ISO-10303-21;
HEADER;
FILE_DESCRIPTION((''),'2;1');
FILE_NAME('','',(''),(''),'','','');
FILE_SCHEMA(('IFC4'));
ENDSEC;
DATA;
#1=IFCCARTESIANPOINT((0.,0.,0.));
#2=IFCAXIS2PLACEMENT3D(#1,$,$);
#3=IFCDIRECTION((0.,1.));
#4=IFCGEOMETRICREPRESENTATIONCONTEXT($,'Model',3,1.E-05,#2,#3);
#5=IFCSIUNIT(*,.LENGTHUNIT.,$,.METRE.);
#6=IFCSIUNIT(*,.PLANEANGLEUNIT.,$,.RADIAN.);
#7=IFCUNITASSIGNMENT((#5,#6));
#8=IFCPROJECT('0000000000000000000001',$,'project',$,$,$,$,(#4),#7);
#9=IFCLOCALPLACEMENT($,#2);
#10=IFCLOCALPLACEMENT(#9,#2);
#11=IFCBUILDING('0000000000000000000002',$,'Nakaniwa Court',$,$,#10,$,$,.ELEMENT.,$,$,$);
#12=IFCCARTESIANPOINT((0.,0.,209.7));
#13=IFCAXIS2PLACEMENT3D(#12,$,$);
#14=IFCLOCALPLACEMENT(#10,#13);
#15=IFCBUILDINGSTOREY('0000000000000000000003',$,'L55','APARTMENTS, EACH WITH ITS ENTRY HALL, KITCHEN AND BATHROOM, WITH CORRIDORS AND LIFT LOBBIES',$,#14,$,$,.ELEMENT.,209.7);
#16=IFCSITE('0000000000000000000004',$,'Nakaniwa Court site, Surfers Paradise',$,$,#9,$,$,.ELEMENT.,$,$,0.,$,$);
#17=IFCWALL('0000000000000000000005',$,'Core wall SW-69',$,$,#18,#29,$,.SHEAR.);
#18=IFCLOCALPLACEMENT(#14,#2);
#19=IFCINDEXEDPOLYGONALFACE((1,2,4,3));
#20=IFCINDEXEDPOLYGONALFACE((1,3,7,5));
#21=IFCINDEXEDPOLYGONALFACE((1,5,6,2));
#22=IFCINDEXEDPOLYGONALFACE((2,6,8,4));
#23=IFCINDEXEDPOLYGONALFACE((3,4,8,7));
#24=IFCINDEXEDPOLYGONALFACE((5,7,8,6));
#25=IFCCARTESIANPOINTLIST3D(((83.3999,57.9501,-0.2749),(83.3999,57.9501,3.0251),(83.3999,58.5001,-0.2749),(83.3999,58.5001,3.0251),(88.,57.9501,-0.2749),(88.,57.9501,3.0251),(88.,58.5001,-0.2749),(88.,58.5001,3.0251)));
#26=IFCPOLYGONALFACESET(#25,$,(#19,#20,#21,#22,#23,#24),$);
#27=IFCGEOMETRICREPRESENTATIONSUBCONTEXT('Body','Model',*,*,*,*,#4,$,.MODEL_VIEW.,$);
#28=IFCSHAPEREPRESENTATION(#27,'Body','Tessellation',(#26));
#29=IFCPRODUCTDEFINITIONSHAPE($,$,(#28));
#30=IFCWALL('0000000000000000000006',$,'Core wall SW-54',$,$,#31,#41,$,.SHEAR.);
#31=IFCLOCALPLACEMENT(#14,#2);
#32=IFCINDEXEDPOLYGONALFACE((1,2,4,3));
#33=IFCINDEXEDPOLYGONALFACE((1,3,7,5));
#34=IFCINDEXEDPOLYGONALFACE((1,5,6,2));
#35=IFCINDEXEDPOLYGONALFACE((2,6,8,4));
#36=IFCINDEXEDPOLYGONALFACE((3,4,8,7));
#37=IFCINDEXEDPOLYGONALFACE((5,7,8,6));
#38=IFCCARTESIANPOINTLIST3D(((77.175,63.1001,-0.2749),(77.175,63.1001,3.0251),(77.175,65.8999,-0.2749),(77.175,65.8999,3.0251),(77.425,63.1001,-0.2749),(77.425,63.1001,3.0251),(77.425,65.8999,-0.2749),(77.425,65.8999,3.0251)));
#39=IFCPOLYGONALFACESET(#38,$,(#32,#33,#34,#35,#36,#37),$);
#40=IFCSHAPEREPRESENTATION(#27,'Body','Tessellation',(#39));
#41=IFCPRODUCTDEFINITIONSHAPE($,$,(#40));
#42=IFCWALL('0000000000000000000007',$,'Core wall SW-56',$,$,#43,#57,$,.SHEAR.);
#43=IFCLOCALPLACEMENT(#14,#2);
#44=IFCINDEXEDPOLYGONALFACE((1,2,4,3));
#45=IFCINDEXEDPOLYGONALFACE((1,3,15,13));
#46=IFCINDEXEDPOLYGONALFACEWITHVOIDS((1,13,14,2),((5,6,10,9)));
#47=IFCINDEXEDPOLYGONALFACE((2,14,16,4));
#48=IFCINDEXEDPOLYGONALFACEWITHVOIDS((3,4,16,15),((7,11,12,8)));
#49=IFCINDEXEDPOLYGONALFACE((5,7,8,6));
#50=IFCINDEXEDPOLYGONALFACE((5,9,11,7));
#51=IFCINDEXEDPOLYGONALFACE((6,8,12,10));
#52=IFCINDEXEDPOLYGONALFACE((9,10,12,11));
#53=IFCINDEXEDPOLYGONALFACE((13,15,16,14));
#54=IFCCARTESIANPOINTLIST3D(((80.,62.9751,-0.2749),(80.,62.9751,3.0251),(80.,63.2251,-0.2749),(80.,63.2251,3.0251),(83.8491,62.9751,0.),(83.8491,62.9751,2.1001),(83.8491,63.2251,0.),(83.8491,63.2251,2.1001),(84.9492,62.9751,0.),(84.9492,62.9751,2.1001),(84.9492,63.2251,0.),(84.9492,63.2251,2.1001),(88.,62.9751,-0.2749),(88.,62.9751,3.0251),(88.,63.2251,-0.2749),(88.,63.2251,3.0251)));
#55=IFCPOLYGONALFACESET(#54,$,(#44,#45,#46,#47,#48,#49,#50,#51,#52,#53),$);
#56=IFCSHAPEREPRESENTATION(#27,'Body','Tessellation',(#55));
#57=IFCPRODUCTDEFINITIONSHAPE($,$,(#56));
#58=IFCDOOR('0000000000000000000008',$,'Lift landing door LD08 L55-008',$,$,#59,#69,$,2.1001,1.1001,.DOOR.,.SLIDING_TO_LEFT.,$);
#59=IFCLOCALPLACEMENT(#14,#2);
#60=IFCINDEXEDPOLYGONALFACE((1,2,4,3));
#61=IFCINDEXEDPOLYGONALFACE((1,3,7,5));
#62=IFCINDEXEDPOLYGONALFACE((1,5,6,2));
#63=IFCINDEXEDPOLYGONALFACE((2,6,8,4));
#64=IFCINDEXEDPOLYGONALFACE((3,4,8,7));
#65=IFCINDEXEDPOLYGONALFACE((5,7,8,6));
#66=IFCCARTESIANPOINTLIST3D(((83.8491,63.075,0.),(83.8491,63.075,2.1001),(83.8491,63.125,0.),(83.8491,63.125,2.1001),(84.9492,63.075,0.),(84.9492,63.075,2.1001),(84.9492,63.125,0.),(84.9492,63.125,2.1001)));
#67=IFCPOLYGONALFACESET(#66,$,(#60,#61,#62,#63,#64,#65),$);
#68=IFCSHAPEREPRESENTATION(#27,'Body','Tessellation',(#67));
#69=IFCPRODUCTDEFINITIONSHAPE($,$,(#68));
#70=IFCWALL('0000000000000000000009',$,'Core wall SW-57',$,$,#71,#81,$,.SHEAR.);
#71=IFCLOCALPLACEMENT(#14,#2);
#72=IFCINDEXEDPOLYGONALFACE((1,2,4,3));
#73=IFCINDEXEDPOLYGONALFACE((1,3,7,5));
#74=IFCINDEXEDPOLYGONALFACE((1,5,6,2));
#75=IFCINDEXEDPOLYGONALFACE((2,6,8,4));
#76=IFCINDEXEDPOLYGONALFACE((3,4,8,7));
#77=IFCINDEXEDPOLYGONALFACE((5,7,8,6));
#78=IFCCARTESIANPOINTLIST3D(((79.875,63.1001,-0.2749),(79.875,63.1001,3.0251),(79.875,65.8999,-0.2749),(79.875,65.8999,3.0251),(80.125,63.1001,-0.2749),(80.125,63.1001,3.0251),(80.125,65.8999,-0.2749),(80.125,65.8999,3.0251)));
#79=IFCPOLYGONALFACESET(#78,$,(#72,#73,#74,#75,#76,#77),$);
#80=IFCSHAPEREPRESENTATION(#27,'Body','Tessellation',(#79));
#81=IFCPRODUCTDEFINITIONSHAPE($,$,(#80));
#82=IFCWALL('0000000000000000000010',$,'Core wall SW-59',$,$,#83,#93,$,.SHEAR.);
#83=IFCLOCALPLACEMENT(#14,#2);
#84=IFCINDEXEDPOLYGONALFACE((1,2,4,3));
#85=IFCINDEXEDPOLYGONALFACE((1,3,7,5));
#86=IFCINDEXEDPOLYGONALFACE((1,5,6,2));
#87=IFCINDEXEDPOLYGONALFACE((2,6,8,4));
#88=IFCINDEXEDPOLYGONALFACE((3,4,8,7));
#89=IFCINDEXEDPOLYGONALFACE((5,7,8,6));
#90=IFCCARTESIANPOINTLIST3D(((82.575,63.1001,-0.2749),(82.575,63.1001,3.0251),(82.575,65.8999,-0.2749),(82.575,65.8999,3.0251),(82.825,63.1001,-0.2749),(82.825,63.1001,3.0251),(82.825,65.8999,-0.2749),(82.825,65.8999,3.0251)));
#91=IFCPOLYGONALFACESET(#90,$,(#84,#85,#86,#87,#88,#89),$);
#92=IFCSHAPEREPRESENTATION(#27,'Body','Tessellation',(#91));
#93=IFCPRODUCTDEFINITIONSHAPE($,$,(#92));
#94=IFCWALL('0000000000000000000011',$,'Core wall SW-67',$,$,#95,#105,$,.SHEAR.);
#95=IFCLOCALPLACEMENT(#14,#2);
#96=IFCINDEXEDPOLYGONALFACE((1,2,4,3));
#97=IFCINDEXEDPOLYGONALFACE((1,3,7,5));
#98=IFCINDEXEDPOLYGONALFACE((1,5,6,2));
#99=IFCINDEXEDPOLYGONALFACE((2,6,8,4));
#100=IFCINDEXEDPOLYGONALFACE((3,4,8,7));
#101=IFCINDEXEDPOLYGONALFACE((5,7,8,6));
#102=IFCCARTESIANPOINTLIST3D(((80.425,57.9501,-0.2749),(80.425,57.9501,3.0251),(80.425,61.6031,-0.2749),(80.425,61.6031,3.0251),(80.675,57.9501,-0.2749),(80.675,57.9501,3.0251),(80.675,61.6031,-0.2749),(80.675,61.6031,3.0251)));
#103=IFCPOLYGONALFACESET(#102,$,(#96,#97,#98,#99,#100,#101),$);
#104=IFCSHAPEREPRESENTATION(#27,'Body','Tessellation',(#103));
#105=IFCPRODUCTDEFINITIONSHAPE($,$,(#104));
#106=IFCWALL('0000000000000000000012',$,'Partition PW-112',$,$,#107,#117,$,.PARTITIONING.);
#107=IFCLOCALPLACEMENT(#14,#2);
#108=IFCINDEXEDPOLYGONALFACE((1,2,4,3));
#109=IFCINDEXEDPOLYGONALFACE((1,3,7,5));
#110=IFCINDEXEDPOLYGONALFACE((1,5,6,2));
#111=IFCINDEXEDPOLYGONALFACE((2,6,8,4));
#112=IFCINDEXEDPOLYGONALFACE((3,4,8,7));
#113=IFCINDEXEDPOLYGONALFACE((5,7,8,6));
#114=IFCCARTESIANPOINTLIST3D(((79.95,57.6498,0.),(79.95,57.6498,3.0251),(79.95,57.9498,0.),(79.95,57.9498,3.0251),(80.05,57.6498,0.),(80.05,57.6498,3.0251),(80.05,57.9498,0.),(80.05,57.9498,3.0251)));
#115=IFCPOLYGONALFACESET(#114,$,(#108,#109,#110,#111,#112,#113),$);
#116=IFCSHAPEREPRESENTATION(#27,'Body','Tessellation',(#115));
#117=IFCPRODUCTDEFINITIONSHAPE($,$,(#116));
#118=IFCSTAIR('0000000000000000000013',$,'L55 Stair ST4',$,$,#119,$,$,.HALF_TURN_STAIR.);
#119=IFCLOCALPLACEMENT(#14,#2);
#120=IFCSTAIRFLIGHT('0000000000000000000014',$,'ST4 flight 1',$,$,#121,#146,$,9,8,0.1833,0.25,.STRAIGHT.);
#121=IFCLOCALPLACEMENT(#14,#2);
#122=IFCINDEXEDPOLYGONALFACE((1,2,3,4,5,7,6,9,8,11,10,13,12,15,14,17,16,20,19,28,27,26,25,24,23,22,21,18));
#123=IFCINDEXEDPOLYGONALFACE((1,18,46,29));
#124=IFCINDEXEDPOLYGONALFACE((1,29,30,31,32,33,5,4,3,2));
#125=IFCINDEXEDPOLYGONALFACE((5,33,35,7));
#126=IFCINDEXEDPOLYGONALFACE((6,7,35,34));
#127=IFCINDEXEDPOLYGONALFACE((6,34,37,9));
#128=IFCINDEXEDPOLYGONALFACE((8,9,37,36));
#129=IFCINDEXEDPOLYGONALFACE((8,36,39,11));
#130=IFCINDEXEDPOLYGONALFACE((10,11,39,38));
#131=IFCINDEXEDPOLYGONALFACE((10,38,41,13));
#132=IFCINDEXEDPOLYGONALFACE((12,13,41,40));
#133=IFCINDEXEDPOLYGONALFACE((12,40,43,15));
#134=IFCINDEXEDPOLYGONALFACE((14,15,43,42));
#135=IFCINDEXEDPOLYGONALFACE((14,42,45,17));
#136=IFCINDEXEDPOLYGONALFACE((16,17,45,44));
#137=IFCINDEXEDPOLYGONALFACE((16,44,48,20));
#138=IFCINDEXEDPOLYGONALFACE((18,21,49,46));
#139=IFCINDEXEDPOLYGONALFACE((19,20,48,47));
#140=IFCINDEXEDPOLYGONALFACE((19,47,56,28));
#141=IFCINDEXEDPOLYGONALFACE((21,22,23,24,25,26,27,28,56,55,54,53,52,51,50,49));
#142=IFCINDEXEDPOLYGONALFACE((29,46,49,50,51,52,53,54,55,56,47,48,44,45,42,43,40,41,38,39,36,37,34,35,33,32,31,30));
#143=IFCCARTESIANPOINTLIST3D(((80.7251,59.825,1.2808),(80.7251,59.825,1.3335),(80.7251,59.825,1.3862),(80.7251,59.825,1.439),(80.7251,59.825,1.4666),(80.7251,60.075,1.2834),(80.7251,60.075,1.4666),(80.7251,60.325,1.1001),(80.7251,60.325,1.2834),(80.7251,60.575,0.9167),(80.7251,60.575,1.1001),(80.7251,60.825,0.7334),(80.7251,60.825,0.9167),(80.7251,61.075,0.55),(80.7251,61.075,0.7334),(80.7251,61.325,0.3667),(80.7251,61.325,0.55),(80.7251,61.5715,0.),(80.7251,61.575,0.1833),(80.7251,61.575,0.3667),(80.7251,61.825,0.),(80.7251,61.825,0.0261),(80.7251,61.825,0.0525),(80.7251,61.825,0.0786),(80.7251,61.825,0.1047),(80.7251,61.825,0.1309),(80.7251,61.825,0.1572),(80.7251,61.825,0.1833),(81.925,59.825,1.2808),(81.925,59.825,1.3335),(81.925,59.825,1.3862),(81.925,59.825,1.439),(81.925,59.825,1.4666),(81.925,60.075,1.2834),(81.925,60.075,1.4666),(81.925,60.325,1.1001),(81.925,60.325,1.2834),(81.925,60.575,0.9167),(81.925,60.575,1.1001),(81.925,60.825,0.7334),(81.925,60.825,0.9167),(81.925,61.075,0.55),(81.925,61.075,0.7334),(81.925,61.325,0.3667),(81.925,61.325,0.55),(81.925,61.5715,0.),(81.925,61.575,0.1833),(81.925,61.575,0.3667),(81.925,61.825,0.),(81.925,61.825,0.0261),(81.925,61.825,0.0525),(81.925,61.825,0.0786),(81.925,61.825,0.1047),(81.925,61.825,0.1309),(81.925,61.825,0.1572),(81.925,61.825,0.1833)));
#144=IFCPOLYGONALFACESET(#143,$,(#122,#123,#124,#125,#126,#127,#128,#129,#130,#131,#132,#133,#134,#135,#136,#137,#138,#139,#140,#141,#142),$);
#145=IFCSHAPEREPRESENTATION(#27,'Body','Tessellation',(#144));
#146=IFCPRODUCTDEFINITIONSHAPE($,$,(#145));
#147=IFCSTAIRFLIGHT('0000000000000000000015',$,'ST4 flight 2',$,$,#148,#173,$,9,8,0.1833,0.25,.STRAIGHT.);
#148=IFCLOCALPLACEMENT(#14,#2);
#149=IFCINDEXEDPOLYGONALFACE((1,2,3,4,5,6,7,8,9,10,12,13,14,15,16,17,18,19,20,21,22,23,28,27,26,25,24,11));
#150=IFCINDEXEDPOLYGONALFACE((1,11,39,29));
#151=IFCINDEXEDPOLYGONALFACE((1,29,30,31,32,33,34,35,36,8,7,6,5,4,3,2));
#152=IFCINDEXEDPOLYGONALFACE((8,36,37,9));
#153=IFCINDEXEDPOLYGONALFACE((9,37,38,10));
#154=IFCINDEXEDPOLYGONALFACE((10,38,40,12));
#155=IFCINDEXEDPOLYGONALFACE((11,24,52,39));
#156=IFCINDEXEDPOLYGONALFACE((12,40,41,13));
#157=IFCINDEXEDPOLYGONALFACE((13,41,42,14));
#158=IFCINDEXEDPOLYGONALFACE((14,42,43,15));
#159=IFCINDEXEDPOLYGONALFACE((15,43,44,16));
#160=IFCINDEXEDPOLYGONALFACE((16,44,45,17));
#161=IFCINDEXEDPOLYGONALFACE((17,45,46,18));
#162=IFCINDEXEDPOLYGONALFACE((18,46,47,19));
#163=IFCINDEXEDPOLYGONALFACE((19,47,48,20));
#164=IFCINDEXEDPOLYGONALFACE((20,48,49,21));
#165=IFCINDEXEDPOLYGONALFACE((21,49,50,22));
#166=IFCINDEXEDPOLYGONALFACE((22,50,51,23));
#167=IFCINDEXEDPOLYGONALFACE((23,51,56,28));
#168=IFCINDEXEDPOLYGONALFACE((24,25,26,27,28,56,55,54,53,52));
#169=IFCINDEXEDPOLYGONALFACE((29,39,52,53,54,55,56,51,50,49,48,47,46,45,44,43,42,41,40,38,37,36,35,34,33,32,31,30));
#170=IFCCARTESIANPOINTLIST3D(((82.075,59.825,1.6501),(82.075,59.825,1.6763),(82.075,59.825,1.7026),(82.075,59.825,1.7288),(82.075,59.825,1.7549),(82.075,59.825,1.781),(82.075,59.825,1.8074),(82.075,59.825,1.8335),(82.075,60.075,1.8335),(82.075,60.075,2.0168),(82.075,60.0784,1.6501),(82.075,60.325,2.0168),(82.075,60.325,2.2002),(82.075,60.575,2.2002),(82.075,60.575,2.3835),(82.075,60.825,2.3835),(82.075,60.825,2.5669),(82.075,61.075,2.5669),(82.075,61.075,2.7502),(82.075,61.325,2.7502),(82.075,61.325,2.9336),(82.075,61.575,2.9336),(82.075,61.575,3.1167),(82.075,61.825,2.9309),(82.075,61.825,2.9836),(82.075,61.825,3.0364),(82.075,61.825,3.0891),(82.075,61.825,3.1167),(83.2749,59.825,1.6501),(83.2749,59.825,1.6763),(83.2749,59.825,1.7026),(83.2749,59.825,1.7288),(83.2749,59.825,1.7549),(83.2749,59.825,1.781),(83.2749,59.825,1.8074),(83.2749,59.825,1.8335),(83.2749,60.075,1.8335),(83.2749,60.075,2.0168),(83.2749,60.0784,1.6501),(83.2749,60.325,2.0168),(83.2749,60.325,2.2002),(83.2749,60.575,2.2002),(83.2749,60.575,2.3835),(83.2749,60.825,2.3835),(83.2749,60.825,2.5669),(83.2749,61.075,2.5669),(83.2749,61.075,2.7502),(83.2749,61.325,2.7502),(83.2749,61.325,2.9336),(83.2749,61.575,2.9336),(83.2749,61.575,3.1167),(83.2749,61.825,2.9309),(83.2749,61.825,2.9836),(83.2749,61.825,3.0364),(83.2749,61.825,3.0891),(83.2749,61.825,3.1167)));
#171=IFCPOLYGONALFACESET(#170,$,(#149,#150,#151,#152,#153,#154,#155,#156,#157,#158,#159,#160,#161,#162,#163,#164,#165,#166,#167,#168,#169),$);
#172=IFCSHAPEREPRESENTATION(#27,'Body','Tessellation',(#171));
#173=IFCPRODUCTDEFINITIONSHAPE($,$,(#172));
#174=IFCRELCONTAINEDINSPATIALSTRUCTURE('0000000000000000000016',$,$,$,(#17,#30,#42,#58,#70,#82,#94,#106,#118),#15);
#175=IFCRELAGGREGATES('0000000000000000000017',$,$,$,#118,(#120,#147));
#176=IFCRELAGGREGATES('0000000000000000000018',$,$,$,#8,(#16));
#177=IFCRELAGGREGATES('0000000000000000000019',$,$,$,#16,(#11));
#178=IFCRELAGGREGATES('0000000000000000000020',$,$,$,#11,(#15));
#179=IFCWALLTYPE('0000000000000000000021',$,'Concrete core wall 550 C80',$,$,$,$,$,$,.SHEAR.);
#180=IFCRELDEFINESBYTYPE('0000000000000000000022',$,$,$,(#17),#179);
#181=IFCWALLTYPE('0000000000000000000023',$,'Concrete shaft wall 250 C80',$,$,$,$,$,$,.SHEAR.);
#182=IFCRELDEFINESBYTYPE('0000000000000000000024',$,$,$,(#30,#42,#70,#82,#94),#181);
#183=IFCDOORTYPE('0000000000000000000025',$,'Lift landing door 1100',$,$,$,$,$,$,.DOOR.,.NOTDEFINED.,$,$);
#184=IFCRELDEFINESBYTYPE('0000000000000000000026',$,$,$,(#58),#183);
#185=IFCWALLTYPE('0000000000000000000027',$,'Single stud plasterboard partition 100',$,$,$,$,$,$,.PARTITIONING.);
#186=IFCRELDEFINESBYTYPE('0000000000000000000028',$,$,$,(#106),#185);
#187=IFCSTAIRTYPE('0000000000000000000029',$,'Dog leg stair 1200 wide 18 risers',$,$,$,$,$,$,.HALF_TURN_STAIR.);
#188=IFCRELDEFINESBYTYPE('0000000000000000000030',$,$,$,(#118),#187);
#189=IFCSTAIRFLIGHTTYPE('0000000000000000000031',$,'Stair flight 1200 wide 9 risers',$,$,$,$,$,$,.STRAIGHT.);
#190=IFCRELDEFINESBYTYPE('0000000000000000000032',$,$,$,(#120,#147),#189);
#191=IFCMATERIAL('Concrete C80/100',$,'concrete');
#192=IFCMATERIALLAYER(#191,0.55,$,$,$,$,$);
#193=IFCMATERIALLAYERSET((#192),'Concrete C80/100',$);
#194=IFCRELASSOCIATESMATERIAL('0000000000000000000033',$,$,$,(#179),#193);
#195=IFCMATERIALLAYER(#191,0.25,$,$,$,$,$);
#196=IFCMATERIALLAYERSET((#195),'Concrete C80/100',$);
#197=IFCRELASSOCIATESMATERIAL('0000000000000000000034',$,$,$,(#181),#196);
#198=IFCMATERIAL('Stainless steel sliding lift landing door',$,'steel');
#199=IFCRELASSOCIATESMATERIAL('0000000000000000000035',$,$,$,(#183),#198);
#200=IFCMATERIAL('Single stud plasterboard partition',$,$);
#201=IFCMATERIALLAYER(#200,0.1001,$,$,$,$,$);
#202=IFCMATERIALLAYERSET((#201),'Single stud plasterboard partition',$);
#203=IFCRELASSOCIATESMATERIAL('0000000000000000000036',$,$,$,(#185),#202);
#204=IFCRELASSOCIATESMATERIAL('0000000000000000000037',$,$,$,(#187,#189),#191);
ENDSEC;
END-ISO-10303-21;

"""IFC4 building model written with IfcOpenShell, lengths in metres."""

from ifc_helpers import new_model, si_unit, direction, frame, frame_2d, origin, place, context, subcontext, project, spatial, polyline, rectangle, outline, extrude, material, layer, layer_set, type_object, element, fill, aggregate, save


model = new_model("IFC4")

# Units and contexts
model_context = context("Model", 3, precision=1e-05, world=origin(), true_north=direction((0.0, 1.0)))
body_context = subcontext(model_context, "Body", "Model", "MODEL_VIEW")
ifc_project = project(units=[si_unit("LENGTHUNIT", "METRE"), si_unit("PLANEANGLEUNIT", "RADIAN")], contexts=[model_context])

# Site, building, storey
site_placement = place(None, origin())
site = spatial("IfcSite", under=ifc_project, at=site_placement, Name="Nakaniwa Court site, Surfers Paradise", CompositionType="ELEMENT", RefElevation=0.0)
building_placement = place(site_placement, origin())
building = spatial("IfcBuilding", under=site, at=building_placement, Name="Nakaniwa Court", CompositionType="ELEMENT")
storey_placement = place(building_placement, frame((0.0, 0.0, 209.7)))
storey = spatial("IfcBuildingStorey", under=building, at=storey_placement, Name="L55", Description="APARTMENTS, EACH WITH ITS ENTRY HALL, KITCHEN AND BATHROOM, WITH CORRIDORS AND LIFT LOBBIES", CompositionType="ELEMENT", Elevation=209.7)

# Shared definitions
ifc_material_1 = material(Name="Concrete C80/100", Category="concrete")

# Walls
ifc_layer_1 = layer(ifc_material_1, 0.55)
ifc_layer_set_1 = layer_set([ifc_layer_1], Name="Concrete C80/100")
wall_type_1 = type_object("IfcWallType", Name="Concrete core wall 550 C80", PredefinedType="SHEAR", material=ifc_layer_set_1)
wall_1_placement = place(storey_placement, frame((83.3999, 58.2251, -0.2749), z_axis=(0.0, 0.0, 1.0), x_axis=(1.0, 0.0, 0.0)))
element("IfcWall", 1, at=wall_1_placement, inside=storey, type_object=wall_type_1, Name="Core wall SW-69", PredefinedType="SHEAR", context=body_context, shape_type="SweptSolid", body=[
    extrude(rectangle(XDim=4.6001, YDim=0.55, at=frame_2d((2.3, 0.0))), origin(), (0.0, 0.0, 1.0), 3.3),
])
ifc_layer_2 = layer(ifc_material_1, 0.25)
ifc_layer_set_2 = layer_set([ifc_layer_2], Name="Concrete C80/100")
wall_type_2 = type_object("IfcWallType", Name="Concrete shaft wall 250 C80", PredefinedType="SHEAR", material=ifc_layer_set_2)
wall_2_placement = place(storey_placement, frame((77.3, 63.1001, -0.2749), z_axis=(0.0, 0.0, 1.0), x_axis=(0.0, 1.0, 0.0)))
element("IfcWall", 2, at=wall_2_placement, inside=storey, type_object=wall_type_2, Name="Core wall SW-54", PredefinedType="SHEAR", context=body_context, shape_type="SweptSolid", body=[
    extrude(rectangle(XDim=2.7998, YDim=0.25, at=frame_2d((1.3999, 0.0))), origin(), (0.0, 0.0, 1.0), 3.3),
])

# Wall, opening, door
wall_3_placement = place(storey_placement, frame((80.0, 63.1001, -0.2749), z_axis=(0.0, 0.0, 1.0), x_axis=(1.0, 0.0, 0.0)))
wall_3 = element("IfcWall", 3, at=wall_3_placement, inside=storey, type_object=wall_type_2, Name="Core wall SW-56", PredefinedType="SHEAR", context=body_context, shape_type="SweptSolid", body=[
    extrude(rectangle(XDim=8.0, YDim=0.25, at=frame_2d((4.0, 0.0))), origin(), (0.0, 0.0, 1.0), 3.3),
])
opening_1_placement = place(wall_3_placement, frame((3.8491, 0.0, 0.2749)))
opening_1 = element("IfcOpeningElement", 4, at=opening_1_placement, cuts=wall_3, PredefinedType="OPENING", context=body_context, shape_type="SweptSolid", body=[
    extrude(rectangle(XDim=1.1001, YDim=2.1001, at=frame_2d((0.55, 1.05))), frame((0.0, 0.135, 0.0), z_axis=(0.0, -1.0, 0.0), x_axis=(1.0, 0.0, 0.0)), (0.0, 0.0, 1.0), 0.27),
])
ifc_material_2 = material(Name="Stainless steel sliding lift landing door", Category="steel")
door_type_1 = type_object("IfcDoorType", Name="Lift landing door 1100", OperationType="NOTDEFINED", PredefinedType="DOOR", material=ifc_material_2)
door_1_placement = place(opening_1_placement, origin())
door_1 = element("IfcDoor", 5, at=door_1_placement, inside=storey, type_object=door_type_1, Name="Lift landing door LD08 L55-008", OperationType="SLIDING_TO_LEFT", OverallHeight=2.1001, OverallWidth=1.1001, PredefinedType="DOOR", context=body_context, shape_type="SweptSolid", body=[
    extrude(rectangle(XDim=1.1001, YDim=2.1001, at=frame_2d((0.55, 1.05))), frame((0.0, 0.0249, 0.0), z_axis=(0.0, -1.0, 0.0), x_axis=(1.0, 0.0, 0.0)), (0.0, 0.0, 1.0), 0.05),
])
fill(opening_1, door_1)

# Walls
for number, where, z_axis, x_axis, name in (
    (6, (80.0, 63.1001, -0.2749), (0.0, 0.0, 1.0), (0.0, 1.0, 0.0), "Core wall SW-57"),
    (7, (82.7, 63.1001, -0.2749), (0.0, 0.0, 1.0), (0.0, 1.0, 0.0), "Core wall SW-59"),
):
    element("IfcWall", number, at=place(storey_placement, frame(where, z_axis=z_axis, x_axis=x_axis)), inside=storey, type_object=wall_type_2, Name=name, PredefinedType="SHEAR", context=body_context, shape_type="SweptSolid", body=[
        extrude(rectangle(XDim=2.7998, YDim=0.25, at=frame_2d((1.3999, 0.0))), origin(), (0.0, 0.0, 1.0), 3.3),
    ])
wall_4_placement = place(storey_placement, frame((80.55, 57.95, -0.2749), z_axis=(0.0, 0.0, 1.0), x_axis=(0.0, 1.0, 0.0)))
element("IfcWall", 8, at=wall_4_placement, inside=storey, type_object=wall_type_2, Name="Core wall SW-67", PredefinedType="SHEAR", context=body_context, shape_type="SweptSolid", body=[
    extrude(rectangle(XDim=3.6531, YDim=0.25, at=frame_2d((1.8267, 0.0))), origin(), (0.0, 0.0, 1.0), 3.3),
])
ifc_material_3 = material(Name="Single stud plasterboard partition")
ifc_layer_3 = layer(ifc_material_3, 0.1001)
ifc_layer_set_3 = layer_set([ifc_layer_3], Name="Single stud plasterboard partition")
wall_type_3 = type_object("IfcWallType", Name="Single stud plasterboard partition 100", PredefinedType="PARTITIONING", material=ifc_layer_set_3)
wall_5_placement = place(storey_placement, frame((80.0, 57.6499, 0.0), z_axis=(0.0, 0.0, 1.0), x_axis=(0.0, 1.0, 0.0)))
element("IfcWall", 9, at=wall_5_placement, inside=storey, type_object=wall_type_3, Name="Partition PW-112", PredefinedType="PARTITIONING", context=body_context, shape_type="SweptSolid", body=[
    extrude(rectangle(XDim=0.3, YDim=0.1001, at=frame_2d((0.1499, 0.0))), origin(), (0.0, 0.0, 1.0), 3.0251),
])

# Stair, stair flights
stair_type = type_object("IfcStairType", Name="Dog leg stair 1200 wide 18 risers", PredefinedType="HALF_TURN_STAIR", material=ifc_material_1)
stair_placement = place(storey_placement, origin())
stair = element("IfcStair", 10, at=stair_placement, inside=storey, type_object=stair_type, Name="L55 Stair ST4", PredefinedType="HALF_TURN_STAIR")
stair_flight_type = type_object("IfcStairFlightType", Name="Stair flight 1200 wide 9 risers", PredefinedType="STRAIGHT", material=ifc_material_1)
stair_flight_1_placement = place(storey_placement, frame((81.325, 61.825, 0.0), z_axis=(0.0, 0.0, 1.0), x_axis=(0.0, -1.0, 0.0)))
stair_flight_1 = element("IfcStairFlight", 11, at=stair_flight_1_placement, type_object=stair_flight_type, Name="ST4 flight 1", NumberOfRisers=9, NumberOfTreads=8, PredefinedType="STRAIGHT", RiserHeight=0.1833, TreadLength=0.25, context=body_context, shape_type="SweptSolid", body=[
    extrude(outline(polyline([(0.0, 0.0), (0.0, 0.0261), (0.0, 0.0525), (0.0, 0.0786), (0.0, 0.1047), (0.0, 0.1309), (0.0, 0.1572), (0.0, 0.1833), (0.25, 0.1833), (0.25, 0.3667), (0.5, 0.3667), (0.5, 0.55), (0.75, 0.55), (0.75, 0.7334), (1.0, 0.7334), (1.0, 0.9167), (1.25, 0.9167), (1.25, 1.1001), (1.5, 1.1001), (1.5, 1.2834), (1.75, 1.2834), (1.75, 1.4666), (2.0, 1.4666), (2.0, 1.6499), (2.0, 1.5972), (2.0, 1.5444), (2.0, 1.4917), (2.0, 1.439), (2.0, 1.3862), (2.0, 1.3335), (2.0, 1.2808), (0.2534, 0.0), (0.0, 0.0)])), frame((0.0, 0.6001, 0.0), z_axis=(0.0, -1.0, 0.0), x_axis=(1.0, 0.0, 0.0)), (0.0, 0.0, 1.0), 1.2),
])
stair_flight_2_placement = place(storey_placement, frame((82.675, 59.825, 1.6501), z_axis=(0.0, 0.0, 1.0), x_axis=(0.0, 1.0, 0.0)))
stair_flight_2 = element("IfcStairFlight", 12, at=stair_flight_2_placement, type_object=stair_flight_type, Name="ST4 flight 2", NumberOfRisers=9, NumberOfTreads=8, PredefinedType="STRAIGHT", RiserHeight=0.1833, TreadLength=0.25, context=body_context, shape_type="SweptSolid", body=[
    extrude(outline(polyline([(0.0, 0.0), (0.0, 0.0261), (0.0, 0.0525), (0.0, 0.0786), (0.0, 0.1047), (0.0, 0.1309), (0.0, 0.1572), (0.0, 0.1833), (0.25, 0.1833), (0.25, 0.3667), (0.5, 0.3667), (0.5, 0.55), (0.75, 0.55), (0.75, 0.7334), (1.0, 0.7334), (1.0, 0.9167), (1.25, 0.9167), (1.25, 1.1001), (1.5, 1.1001), (1.5, 1.2834), (1.75, 1.2834), (1.75, 1.4666), (2.0, 1.4666), (2.0, 1.6499), (2.0, 1.5972), (2.0, 1.5444), (2.0, 1.4917), (2.0, 1.439), (2.0, 1.3862), (2.0, 1.3335), (2.0, 1.2808), (0.2534, 0.0), (0.0, 0.0)])), frame((0.0, 0.6001, 0.0), z_axis=(0.0, -1.0, 0.0), x_axis=(1.0, 0.0, 0.0)), (0.0, 0.0, 1.0), 1.2),
])
aggregate(stair, [stair_flight_1, stair_flight_2])

save(model, "model.ifc")
